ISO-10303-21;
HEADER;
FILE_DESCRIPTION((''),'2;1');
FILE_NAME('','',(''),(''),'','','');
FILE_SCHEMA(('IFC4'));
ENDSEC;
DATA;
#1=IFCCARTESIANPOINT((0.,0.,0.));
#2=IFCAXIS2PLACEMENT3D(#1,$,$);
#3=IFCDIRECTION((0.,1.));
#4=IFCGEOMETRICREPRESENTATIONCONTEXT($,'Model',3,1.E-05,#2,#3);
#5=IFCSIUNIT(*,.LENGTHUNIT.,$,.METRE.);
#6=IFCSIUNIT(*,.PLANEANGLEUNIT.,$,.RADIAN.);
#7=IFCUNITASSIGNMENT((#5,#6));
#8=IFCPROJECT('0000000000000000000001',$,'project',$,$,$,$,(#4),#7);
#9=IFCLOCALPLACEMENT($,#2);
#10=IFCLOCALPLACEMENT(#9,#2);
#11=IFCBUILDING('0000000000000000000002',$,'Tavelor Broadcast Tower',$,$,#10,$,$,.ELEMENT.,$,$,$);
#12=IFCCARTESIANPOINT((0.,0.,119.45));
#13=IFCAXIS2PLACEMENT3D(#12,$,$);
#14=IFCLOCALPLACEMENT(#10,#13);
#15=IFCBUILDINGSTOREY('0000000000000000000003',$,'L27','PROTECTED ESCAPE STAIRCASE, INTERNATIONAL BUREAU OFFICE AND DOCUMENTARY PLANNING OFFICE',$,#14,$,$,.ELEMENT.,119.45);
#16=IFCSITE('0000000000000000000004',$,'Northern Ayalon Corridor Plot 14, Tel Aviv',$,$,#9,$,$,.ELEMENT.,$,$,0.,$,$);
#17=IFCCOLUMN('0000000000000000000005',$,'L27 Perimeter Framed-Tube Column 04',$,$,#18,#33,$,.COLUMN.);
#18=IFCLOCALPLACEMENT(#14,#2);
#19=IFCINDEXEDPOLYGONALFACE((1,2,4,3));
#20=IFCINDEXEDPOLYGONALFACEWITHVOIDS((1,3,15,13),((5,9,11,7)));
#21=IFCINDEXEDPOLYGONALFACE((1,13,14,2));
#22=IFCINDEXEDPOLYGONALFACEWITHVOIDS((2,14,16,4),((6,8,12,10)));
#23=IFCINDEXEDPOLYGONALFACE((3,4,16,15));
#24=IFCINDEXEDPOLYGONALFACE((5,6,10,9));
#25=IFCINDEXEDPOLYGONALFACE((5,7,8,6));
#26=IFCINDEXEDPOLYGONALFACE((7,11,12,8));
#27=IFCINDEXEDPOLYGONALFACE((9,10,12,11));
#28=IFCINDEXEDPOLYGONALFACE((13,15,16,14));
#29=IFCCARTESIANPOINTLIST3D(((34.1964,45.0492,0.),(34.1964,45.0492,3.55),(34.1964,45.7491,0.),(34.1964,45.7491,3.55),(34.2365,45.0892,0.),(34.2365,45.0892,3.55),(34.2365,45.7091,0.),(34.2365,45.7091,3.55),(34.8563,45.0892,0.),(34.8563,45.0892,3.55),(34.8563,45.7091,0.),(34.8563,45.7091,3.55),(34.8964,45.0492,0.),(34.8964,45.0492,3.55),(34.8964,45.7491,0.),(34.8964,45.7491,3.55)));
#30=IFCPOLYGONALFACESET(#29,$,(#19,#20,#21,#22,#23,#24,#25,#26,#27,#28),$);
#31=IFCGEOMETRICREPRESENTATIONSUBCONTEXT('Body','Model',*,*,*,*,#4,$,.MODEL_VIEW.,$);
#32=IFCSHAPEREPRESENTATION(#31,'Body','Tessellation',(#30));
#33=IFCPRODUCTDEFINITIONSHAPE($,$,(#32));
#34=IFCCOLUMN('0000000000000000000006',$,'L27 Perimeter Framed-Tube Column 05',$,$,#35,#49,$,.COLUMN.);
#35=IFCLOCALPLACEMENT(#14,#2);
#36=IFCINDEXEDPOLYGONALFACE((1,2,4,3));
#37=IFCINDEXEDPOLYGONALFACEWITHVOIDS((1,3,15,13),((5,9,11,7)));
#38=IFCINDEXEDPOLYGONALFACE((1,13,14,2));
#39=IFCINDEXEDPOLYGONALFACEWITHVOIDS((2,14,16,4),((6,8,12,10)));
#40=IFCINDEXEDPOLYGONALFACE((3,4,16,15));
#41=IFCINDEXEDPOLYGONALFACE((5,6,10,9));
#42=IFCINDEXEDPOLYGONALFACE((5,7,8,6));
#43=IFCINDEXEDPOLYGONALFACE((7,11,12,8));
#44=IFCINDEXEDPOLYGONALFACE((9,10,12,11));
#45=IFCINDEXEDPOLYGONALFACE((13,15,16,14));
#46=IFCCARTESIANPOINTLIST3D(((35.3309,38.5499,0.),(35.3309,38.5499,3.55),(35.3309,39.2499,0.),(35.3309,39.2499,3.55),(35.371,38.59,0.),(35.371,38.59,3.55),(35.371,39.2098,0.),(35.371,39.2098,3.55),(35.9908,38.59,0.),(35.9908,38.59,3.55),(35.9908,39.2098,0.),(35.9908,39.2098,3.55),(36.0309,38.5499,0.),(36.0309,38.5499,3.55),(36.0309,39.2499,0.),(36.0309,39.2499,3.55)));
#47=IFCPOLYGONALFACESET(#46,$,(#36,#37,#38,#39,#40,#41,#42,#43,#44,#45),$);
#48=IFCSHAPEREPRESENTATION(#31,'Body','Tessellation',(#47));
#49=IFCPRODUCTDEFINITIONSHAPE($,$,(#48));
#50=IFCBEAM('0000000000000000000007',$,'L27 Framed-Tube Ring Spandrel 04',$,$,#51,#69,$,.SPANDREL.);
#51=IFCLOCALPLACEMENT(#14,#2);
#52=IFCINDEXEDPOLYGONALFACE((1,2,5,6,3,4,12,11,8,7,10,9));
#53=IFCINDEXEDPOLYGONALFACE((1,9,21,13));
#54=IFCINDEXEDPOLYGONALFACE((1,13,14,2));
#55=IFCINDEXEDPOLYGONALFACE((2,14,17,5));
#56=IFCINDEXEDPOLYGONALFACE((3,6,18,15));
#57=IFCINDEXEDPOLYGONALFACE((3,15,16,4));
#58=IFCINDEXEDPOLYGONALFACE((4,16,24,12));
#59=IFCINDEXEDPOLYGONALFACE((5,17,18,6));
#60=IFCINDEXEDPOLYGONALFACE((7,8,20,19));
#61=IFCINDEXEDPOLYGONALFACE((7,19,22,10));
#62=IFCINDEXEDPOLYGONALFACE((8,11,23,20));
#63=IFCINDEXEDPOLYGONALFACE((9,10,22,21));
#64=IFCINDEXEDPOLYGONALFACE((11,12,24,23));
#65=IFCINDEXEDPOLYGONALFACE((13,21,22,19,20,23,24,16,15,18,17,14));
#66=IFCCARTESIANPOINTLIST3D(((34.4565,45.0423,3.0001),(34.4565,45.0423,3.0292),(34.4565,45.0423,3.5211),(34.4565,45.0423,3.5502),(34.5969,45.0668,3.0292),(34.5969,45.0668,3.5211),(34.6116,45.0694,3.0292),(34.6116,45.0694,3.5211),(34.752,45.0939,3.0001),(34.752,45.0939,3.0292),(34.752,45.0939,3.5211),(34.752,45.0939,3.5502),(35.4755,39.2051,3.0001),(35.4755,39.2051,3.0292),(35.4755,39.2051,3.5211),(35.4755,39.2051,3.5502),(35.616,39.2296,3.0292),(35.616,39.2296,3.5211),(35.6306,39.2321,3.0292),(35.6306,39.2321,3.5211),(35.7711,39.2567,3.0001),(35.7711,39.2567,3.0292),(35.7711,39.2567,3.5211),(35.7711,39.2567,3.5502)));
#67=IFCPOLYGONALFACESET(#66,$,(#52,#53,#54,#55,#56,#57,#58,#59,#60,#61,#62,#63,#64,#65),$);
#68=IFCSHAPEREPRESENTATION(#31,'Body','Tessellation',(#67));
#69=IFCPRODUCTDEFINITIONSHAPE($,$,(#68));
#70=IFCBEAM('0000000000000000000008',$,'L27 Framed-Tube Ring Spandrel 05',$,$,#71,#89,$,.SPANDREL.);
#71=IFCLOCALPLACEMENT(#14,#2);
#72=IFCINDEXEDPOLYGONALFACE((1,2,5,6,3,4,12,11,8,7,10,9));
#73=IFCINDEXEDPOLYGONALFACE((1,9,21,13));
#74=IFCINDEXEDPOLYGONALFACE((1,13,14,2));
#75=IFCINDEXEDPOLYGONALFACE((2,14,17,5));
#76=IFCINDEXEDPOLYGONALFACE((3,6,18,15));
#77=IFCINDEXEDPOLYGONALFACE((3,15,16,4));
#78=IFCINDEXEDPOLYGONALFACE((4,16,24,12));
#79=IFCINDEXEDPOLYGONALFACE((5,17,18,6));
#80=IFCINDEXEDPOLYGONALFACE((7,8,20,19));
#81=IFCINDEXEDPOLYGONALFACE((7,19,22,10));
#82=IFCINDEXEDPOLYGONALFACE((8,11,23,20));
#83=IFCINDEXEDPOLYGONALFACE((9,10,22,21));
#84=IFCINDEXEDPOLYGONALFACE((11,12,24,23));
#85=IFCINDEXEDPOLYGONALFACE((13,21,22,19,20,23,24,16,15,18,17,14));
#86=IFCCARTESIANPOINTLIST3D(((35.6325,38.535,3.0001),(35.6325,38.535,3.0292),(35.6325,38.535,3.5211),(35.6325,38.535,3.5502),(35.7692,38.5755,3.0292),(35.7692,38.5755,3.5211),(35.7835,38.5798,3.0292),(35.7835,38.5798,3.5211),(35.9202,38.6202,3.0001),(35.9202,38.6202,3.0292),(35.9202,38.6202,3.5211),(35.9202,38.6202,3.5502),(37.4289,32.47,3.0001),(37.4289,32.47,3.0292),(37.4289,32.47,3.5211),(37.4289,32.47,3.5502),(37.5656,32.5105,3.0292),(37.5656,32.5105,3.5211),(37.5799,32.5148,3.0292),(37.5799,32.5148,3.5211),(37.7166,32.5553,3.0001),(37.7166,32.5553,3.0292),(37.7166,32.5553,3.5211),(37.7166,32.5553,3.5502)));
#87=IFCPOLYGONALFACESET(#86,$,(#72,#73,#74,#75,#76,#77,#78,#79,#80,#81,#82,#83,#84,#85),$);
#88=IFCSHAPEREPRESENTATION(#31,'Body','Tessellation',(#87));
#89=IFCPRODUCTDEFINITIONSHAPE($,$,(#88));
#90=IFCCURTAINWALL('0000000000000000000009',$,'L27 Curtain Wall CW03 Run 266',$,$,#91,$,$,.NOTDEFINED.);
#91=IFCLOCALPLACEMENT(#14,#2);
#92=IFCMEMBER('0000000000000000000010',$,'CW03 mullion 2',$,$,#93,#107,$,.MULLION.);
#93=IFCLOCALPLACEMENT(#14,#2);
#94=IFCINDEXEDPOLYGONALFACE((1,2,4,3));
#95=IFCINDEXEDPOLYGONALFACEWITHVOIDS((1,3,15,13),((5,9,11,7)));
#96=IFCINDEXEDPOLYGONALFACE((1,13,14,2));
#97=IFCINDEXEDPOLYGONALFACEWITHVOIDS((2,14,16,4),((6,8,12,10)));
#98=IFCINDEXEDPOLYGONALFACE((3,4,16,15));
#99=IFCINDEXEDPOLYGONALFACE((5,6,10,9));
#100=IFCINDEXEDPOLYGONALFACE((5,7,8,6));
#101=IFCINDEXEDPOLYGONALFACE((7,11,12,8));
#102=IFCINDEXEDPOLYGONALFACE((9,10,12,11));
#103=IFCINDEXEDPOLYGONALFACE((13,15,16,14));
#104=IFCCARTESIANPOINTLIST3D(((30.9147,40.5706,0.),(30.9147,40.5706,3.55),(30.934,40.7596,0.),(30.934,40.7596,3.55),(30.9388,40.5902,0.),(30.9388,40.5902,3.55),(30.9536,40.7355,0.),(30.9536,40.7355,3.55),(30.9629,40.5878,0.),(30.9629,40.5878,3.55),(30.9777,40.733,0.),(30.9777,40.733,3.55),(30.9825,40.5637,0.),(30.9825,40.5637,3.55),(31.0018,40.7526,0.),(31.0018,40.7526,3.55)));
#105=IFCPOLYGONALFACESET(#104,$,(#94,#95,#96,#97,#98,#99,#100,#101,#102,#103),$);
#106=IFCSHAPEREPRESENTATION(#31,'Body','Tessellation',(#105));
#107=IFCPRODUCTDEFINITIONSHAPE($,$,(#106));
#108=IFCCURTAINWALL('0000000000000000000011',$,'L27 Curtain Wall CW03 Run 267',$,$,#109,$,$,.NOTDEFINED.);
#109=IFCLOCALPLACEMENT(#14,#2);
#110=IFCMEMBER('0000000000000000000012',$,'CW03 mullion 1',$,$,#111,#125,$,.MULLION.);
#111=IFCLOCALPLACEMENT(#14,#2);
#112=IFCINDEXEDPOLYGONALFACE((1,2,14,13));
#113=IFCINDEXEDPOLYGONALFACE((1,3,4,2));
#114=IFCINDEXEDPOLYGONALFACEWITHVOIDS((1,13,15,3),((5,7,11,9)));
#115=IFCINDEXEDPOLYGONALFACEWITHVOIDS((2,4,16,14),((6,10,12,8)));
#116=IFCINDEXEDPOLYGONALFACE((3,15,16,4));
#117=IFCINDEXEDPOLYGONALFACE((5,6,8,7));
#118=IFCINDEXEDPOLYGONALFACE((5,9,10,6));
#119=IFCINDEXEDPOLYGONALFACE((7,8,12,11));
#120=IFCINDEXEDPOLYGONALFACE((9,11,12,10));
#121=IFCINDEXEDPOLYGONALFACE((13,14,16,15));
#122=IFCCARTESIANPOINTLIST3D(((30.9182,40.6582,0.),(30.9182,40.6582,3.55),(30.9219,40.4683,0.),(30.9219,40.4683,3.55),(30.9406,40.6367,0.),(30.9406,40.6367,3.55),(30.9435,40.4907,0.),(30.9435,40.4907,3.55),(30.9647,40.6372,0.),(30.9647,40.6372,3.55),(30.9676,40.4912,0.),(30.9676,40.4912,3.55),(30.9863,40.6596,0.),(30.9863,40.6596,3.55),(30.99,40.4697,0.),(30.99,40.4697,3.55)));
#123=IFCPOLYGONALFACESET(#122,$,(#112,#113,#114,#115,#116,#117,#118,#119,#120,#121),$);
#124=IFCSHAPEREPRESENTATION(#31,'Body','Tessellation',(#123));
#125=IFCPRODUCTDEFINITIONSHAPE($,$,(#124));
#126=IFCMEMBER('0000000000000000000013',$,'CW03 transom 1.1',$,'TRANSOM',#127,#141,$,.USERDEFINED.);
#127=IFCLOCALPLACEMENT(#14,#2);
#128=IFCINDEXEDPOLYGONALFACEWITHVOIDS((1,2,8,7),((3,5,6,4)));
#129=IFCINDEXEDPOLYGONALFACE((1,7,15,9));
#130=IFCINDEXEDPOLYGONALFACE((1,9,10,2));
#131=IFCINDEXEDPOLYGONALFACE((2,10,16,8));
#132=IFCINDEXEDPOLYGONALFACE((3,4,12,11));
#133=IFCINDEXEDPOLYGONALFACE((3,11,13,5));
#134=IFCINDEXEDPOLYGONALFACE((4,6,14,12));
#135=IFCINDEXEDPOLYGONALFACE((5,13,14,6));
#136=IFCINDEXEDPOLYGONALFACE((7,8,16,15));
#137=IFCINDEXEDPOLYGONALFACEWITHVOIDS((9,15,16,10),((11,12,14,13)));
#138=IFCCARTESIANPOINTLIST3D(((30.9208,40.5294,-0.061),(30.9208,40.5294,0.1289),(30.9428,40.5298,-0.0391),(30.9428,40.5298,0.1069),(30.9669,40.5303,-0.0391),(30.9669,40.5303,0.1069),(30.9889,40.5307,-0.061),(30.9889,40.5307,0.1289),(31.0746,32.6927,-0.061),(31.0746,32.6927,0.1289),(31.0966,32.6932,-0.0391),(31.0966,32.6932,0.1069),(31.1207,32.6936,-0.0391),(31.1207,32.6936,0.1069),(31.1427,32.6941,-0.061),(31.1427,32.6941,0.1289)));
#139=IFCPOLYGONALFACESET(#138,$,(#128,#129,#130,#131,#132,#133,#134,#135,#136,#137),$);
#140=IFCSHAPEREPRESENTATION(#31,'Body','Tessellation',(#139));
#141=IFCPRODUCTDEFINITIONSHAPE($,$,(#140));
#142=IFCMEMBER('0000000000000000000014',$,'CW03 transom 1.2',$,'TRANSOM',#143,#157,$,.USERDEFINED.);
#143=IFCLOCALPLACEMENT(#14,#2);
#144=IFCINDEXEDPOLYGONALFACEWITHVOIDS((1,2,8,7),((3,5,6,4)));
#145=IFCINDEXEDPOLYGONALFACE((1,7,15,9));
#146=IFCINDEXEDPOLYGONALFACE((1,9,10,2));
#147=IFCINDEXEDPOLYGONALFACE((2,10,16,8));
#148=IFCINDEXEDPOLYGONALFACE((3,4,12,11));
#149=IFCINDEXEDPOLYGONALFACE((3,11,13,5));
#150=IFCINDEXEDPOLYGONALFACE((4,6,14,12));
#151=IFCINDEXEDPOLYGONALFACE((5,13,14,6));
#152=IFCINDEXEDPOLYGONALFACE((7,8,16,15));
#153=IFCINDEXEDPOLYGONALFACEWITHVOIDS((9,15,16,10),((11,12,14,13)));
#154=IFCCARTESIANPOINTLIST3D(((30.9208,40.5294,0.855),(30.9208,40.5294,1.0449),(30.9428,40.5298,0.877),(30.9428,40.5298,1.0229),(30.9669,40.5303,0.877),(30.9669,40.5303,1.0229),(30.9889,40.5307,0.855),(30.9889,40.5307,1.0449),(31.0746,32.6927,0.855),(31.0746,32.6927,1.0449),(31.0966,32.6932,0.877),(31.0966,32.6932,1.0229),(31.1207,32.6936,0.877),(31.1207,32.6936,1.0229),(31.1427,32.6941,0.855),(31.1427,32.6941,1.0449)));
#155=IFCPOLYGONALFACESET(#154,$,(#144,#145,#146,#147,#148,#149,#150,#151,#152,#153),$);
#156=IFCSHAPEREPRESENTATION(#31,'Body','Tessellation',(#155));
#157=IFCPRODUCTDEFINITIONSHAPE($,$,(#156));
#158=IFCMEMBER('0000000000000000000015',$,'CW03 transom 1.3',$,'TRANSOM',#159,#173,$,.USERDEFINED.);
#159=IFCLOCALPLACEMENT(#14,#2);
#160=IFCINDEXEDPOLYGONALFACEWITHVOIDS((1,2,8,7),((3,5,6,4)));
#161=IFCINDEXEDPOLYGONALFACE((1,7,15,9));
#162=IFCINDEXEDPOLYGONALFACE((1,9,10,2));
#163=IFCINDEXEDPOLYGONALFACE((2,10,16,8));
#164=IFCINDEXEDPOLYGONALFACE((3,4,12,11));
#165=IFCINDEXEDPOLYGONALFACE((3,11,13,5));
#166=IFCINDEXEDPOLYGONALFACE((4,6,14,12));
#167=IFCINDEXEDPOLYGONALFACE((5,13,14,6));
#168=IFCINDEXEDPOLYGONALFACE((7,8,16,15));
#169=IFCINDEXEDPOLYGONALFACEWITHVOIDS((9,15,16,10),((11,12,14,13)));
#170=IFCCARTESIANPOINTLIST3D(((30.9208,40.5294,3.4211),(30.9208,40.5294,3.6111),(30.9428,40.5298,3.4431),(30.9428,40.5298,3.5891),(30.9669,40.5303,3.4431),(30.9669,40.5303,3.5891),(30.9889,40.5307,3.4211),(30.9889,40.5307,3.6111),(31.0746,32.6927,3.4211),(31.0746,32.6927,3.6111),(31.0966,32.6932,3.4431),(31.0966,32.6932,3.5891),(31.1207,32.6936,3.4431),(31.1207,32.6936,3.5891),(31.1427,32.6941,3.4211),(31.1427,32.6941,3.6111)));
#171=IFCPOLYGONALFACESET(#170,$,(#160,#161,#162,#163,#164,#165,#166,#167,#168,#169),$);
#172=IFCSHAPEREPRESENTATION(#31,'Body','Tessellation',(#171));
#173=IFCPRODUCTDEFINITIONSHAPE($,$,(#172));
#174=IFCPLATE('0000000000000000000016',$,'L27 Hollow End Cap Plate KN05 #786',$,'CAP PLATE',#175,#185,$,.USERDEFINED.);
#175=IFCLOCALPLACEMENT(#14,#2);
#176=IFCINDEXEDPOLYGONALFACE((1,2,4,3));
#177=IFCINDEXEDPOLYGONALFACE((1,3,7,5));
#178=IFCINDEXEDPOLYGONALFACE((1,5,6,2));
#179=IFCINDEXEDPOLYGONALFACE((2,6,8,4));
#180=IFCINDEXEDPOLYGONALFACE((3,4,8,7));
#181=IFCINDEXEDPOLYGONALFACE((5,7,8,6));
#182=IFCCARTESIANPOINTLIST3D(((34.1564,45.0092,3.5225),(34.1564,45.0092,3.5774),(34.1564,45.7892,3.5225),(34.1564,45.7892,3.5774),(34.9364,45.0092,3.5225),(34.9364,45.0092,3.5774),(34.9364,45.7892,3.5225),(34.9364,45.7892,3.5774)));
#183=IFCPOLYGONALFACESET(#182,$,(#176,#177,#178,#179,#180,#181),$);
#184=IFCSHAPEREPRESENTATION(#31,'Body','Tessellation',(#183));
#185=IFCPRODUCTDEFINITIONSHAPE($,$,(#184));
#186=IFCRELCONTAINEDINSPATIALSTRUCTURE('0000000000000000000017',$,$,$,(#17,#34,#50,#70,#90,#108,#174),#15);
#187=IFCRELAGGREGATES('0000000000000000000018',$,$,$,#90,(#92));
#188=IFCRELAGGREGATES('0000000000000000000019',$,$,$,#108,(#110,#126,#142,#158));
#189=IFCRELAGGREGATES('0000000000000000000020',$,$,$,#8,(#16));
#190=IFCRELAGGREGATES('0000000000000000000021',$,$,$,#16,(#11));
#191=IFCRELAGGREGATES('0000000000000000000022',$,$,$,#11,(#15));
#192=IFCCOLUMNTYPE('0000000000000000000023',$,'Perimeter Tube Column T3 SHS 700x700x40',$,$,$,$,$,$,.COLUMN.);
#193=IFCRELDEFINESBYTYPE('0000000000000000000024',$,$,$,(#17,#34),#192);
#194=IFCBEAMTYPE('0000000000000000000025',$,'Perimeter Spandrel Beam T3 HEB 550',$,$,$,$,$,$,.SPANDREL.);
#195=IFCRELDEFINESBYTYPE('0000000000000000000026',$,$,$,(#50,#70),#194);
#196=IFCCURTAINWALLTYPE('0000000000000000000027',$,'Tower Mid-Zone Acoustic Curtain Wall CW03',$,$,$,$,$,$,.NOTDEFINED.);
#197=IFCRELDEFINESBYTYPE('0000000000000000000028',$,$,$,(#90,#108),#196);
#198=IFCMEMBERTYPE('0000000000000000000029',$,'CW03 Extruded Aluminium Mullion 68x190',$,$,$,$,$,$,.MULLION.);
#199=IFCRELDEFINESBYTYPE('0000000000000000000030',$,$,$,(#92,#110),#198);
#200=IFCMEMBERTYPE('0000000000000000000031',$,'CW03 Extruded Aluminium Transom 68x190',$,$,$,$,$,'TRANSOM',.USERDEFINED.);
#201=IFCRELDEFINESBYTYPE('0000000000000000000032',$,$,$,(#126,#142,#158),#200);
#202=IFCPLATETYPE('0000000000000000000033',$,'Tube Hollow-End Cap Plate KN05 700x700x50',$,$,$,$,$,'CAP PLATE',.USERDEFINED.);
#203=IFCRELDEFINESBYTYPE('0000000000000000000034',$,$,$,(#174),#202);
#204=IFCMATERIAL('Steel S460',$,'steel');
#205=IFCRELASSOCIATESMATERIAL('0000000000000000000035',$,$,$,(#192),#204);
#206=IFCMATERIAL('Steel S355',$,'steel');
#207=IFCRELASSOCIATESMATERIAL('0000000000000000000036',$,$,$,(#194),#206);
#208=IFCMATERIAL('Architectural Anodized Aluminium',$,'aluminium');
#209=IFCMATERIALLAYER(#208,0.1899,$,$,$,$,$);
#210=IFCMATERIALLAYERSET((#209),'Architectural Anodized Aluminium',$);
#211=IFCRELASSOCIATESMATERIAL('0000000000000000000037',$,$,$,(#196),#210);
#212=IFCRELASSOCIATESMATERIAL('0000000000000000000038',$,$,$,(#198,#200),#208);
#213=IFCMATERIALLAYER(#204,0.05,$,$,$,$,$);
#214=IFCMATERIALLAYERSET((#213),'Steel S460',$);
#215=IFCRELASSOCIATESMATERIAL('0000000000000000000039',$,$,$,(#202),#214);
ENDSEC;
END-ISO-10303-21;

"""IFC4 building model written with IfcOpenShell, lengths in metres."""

from ifc_helpers import new_model, si_unit, direction, frame, origin, origin_2d, place, context, subcontext, project, spatial, rectangle, hollow_rectangle, i_section, extrude, source, transform, mapped, material, layer, layer_set, material_profile, profile_set, type_object, type_shapes, element, aggregate, save


model = new_model("IFC4")

# Units and contexts
model_context = context("Model", 3, precision=1e-05, world=origin(), true_north=direction((0.0, 1.0)))
body_context = subcontext(model_context, "Body", "Model", "MODEL_VIEW")
ifc_project = project(units=[si_unit("LENGTHUNIT", "METRE"), si_unit("PLANEANGLEUNIT", "RADIAN")], contexts=[model_context])

# Site, building, storey
site_placement = place(None, origin())
site = spatial("IfcSite", under=ifc_project, at=site_placement, Name="Northern Ayalon Corridor Plot 14, Tel Aviv", CompositionType="ELEMENT", RefElevation=0.0)
building_placement = place(site_placement, origin())
building = spatial("IfcBuilding", under=site, at=building_placement, Name="Tavelor Broadcast Tower", CompositionType="ELEMENT")
storey_placement = place(building_placement, frame((0.0, 0.0, 119.45)))
storey = spatial("IfcBuildingStorey", under=building, at=storey_placement, Name="L27", Description="PROTECTED ESCAPE STAIRCASE, INTERNATIONAL BUREAU OFFICE AND DOCUMENTARY PLANNING OFFICE", CompositionType="ELEMENT", Elevation=119.45)

# Columns
ifc_material_1 = material(Name="Steel S460", Category="steel")
ifc_material_profile_1 = material_profile(ifc_material_1, hollow_rectangle(XDim=0.7, YDim=0.7, WallThickness=0.04, at=origin_2d()), Name="SHS 700x700x40")
ifc_profile_set_1 = profile_set([ifc_material_profile_1], Name="Steel S460")
column_type = type_object("IfcColumnType", Name="Perimeter Tube Column T3 SHS 700x700x40", PredefinedType="COLUMN", material=ifc_profile_set_1)
for number, where, z_axis, x_axis, name in (
    (1, (34.5464, 45.3992, 0.0), (0.0, 0.0, 1.0), (1.0, 0.0, 0.0), "L27 Perimeter Framed-Tube Column 04"),
    (2, (35.6809, 38.8999, 0.0), (0.0, 0.0, 1.0), (1.0, 0.0, 0.0), "L27 Perimeter Framed-Tube Column 05"),
):
    element("IfcColumn", number, at=place(storey_placement, frame(where, z_axis=z_axis, x_axis=x_axis)), inside=storey, type_object=column_type, Name=name, PredefinedType="COLUMN", context=body_context, shape_type="SweptSolid", body=[
        extrude(hollow_rectangle(XDim=0.7, YDim=0.7, WallThickness=0.04, at=origin_2d()), origin(), (0.0, 0.0, 1.0), 3.55),
    ])

# Beams
ifc_material_2 = material(Name="Steel S355", Category="steel")
ifc_material_profile_2 = material_profile(ifc_material_2, i_section(OverallWidth=0.3, OverallDepth=0.55, WebThickness=0.0149, FlangeThickness=0.0291, at=origin_2d()), Name="HEB 550")
ifc_profile_set_2 = profile_set([ifc_material_profile_2], Name="Steel S355")
beam_type = type_object("IfcBeamType", Name="Perimeter Spandrel Beam T3 HEB 550", PredefinedType="SPANDREL", material=ifc_profile_set_2)
beam_1_placement = place(storey_placement, frame((34.6042, 45.0681, 3.2751), z_axis=(0.171978, -0.985101, 0.0), x_axis=(0.985101, 0.171978, 0.0)))
element("IfcBeam", 3, at=beam_1_placement, inside=storey, type_object=beam_type, Name="L27 Framed-Tube Ring Spandrel 04", PredefinedType="SPANDREL", context=body_context, shape_type="SweptSolid", body=[
    extrude(i_section(OverallWidth=0.3, OverallDepth=0.55, WebThickness=0.0149, FlangeThickness=0.0291, at=origin_2d()), origin(), (0.0, 0.0, 1.0), 5.9255),
])
beam_2_placement = place(storey_placement, frame((35.7764, 38.5776, 3.2751), z_axis=(0.283996, -0.958825, 0.0), x_axis=(0.958825, 0.283996, 0.0)))
element("IfcBeam", 4, at=beam_2_placement, inside=storey, type_object=beam_type, Name="L27 Framed-Tube Ring Spandrel 05", PredefinedType="SPANDREL", context=body_context, shape_type="SweptSolid", body=[
    extrude(i_section(OverallWidth=0.3, OverallDepth=0.55, WebThickness=0.0149, FlangeThickness=0.0291, at=origin_2d()), origin(), (0.0, 0.0, 1.0), 6.3254),
])

# Curtain wall, member
ifc_material_3 = material(Name="Architectural Anodized Aluminium", Category="aluminium")
ifc_layer_1 = layer(ifc_material_3, 0.1899)
ifc_layer_set_1 = layer_set([ifc_layer_1], Name="Architectural Anodized Aluminium")
curtain_wall_type = type_object("IfcCurtainWallType", Name="Tower Mid-Zone Acoustic Curtain Wall CW03", PredefinedType="NOTDEFINED", material=ifc_layer_set_1)
curtain_wall_1_placement = place(storey_placement, origin())
curtain_wall_1 = element("IfcCurtainWall", 5, at=curtain_wall_1_placement, inside=storey, type_object=curtain_wall_type, Name="L27 Curtain Wall CW03 Run 266", PredefinedType="NOTDEFINED")
ifc_material_profile_3 = material_profile(ifc_material_3, hollow_rectangle(XDim=0.0681, YDim=0.1899, WallThickness=0.022, at=origin_2d()), Name="RHS 68x190x22")
ifc_profile_set_3 = profile_set([ifc_material_profile_3], Name="Architectural Anodized Aluminium")
member_type_1 = type_object("IfcMemberType", Name="CW03 Extruded Aluminium Mullion 68x190", PredefinedType="MULLION", material=ifc_profile_set_3)
shared_shape_1 = source(origin(), body_context, "Body", "SweptSolid", [
    extrude(hollow_rectangle(XDim=0.0681, YDim=0.1899, WallThickness=0.022, at=origin_2d()), origin(), (0.0, 0.0, 1.0), 3.55),
])
type_shapes(member_type_1, [shared_shape_1])
member_1_placement = place(storey_placement, frame((30.9583, 40.6616, 0.0), z_axis=(0.0, 0.0, 1.0), x_axis=(0.994838, -0.10148, 0.0)))
member_1 = element("IfcMember", 6, at=member_1_placement, type_object=member_type_1, Name="CW03 mullion 2", PredefinedType="MULLION", context=body_context, shape_type="MappedRepresentation", body=[
    mapped(shared_shape_1, transform((0.0, 0.0, 0.0), scale=1.0)),
])

# Curtain wall, members
curtain_wall_2_placement = place(storey_placement, origin())
curtain_wall_2 = element("IfcCurtainWall", 7, at=curtain_wall_2_placement, inside=storey, type_object=curtain_wall_type, Name="L27 Curtain Wall CW03 Run 267", PredefinedType="NOTDEFINED")
member_2_placement = place(storey_placement, frame((30.9541, 40.564, 0.0), z_axis=(0.0, 0.0, 1.0), x_axis=(0.999807, 0.019651, 0.0)))
member_2 = element("IfcMember", 8, at=member_2_placement, type_object=member_type_1, Name="CW03 mullion 1", PredefinedType="MULLION", context=body_context, shape_type="MappedRepresentation", body=[
    mapped(shared_shape_1, transform((0.0, 0.0, 0.0), scale=1.0)),
])
ifc_material_profile_4 = material_profile(ifc_material_3, hollow_rectangle(XDim=0.0681, YDim=0.1899, WallThickness=0.022, at=origin_2d()), Name="RHS 68x190x22")
ifc_profile_set_4 = profile_set([ifc_material_profile_4], Name="Architectural Anodized Aluminium")
member_type_2 = type_object("IfcMemberType", Name="CW03 Extruded Aluminium Transom 68x190", ElementType="TRANSOM", PredefinedType="USERDEFINED", material=ifc_profile_set_4)
shared_shape_2 = source(origin(), body_context, "Body", "SweptSolid", [
    extrude(hollow_rectangle(XDim=0.0681, YDim=0.1899, WallThickness=0.022, at=origin_2d()), origin(), (0.0, 0.0, 1.0), 7.8381),
])
type_shapes(member_type_2, [shared_shape_2])
member_3_placement = place(storey_placement, frame((30.9548, 40.53, 0.0339), z_axis=(0.019623, -0.999807, 0.0), x_axis=(0.999807, 0.019623, 0.0)))
member_3 = element("IfcMember", 9, at=member_3_placement, type_object=member_type_2, Name="CW03 transom 1.1", ObjectType="TRANSOM", PredefinedType="USERDEFINED", context=body_context, shape_type="MappedRepresentation", body=[
    mapped(shared_shape_2, transform((0.0, 0.0, 0.0), scale=1.0)),
])
member_4_placement = place(storey_placement, frame((30.9548, 40.53, 0.95), z_axis=(0.019623, -0.999807, 0.0), x_axis=(0.999807, 0.019623, 0.0)))
member_4 = element("IfcMember", 10, at=member_4_placement, type_object=member_type_2, Name="CW03 transom 1.2", ObjectType="TRANSOM", PredefinedType="USERDEFINED", context=body_context, shape_type="MappedRepresentation", body=[
    mapped(shared_shape_2, transform((0.0, 0.0, 0.0), scale=1.0)),
])
member_5_placement = place(storey_placement, frame((30.9548, 40.53, 3.5161), z_axis=(0.019623, -0.999807, 0.0), x_axis=(0.999807, 0.019623, 0.0)))
member_5 = element("IfcMember", 11, at=member_5_placement, type_object=member_type_2, Name="CW03 transom 1.3", ObjectType="TRANSOM", PredefinedType="USERDEFINED", context=body_context, shape_type="MappedRepresentation", body=[
    mapped(shared_shape_2, transform((0.0, 0.0, 0.0), scale=1.0)),
])

# Plate
ifc_layer_2 = layer(ifc_material_1, 0.05)
ifc_layer_set_2 = layer_set([ifc_layer_2], Name="Steel S460")
plate_type_1 = type_object("IfcPlateType", Name="Tube Hollow-End Cap Plate KN05 700x700x50", ElementType="CAP PLATE", PredefinedType="USERDEFINED", material=ifc_layer_set_2)
shared_shape_3 = source(origin(), body_context, "Body", "SweptSolid", [
    extrude(rectangle(XDim=0.78, YDim=0.78, at=origin_2d()), origin(), (0.0, 0.0, 1.0), 0.0549),
])
type_shapes(plate_type_1, [shared_shape_3])
for number, where, z_axis, x_axis, name in (
    (12, (34.5464, 45.3992, 3.5225), (0.0, 0.0, 1.0), (1.0, 0.0, 0.0), "L27 Hollow End Cap Plate KN05 #786"),
):
    element("IfcPlate", number, at=place(storey_placement, frame(where, z_axis=z_axis, x_axis=x_axis)), inside=storey, type_object=plate_type_1, Name=name, ObjectType="CAP PLATE", PredefinedType="USERDEFINED", context=body_context, shape_type="MappedRepresentation", body=[
        mapped(shared_shape_3, transform((0.0, 0.0, 0.0), scale=1.0)),
    ])

aggregate(curtain_wall_1, [member_1])
aggregate(curtain_wall_2, [member_2, member_3, member_4, member_5])

save(model, "model.ifc")
